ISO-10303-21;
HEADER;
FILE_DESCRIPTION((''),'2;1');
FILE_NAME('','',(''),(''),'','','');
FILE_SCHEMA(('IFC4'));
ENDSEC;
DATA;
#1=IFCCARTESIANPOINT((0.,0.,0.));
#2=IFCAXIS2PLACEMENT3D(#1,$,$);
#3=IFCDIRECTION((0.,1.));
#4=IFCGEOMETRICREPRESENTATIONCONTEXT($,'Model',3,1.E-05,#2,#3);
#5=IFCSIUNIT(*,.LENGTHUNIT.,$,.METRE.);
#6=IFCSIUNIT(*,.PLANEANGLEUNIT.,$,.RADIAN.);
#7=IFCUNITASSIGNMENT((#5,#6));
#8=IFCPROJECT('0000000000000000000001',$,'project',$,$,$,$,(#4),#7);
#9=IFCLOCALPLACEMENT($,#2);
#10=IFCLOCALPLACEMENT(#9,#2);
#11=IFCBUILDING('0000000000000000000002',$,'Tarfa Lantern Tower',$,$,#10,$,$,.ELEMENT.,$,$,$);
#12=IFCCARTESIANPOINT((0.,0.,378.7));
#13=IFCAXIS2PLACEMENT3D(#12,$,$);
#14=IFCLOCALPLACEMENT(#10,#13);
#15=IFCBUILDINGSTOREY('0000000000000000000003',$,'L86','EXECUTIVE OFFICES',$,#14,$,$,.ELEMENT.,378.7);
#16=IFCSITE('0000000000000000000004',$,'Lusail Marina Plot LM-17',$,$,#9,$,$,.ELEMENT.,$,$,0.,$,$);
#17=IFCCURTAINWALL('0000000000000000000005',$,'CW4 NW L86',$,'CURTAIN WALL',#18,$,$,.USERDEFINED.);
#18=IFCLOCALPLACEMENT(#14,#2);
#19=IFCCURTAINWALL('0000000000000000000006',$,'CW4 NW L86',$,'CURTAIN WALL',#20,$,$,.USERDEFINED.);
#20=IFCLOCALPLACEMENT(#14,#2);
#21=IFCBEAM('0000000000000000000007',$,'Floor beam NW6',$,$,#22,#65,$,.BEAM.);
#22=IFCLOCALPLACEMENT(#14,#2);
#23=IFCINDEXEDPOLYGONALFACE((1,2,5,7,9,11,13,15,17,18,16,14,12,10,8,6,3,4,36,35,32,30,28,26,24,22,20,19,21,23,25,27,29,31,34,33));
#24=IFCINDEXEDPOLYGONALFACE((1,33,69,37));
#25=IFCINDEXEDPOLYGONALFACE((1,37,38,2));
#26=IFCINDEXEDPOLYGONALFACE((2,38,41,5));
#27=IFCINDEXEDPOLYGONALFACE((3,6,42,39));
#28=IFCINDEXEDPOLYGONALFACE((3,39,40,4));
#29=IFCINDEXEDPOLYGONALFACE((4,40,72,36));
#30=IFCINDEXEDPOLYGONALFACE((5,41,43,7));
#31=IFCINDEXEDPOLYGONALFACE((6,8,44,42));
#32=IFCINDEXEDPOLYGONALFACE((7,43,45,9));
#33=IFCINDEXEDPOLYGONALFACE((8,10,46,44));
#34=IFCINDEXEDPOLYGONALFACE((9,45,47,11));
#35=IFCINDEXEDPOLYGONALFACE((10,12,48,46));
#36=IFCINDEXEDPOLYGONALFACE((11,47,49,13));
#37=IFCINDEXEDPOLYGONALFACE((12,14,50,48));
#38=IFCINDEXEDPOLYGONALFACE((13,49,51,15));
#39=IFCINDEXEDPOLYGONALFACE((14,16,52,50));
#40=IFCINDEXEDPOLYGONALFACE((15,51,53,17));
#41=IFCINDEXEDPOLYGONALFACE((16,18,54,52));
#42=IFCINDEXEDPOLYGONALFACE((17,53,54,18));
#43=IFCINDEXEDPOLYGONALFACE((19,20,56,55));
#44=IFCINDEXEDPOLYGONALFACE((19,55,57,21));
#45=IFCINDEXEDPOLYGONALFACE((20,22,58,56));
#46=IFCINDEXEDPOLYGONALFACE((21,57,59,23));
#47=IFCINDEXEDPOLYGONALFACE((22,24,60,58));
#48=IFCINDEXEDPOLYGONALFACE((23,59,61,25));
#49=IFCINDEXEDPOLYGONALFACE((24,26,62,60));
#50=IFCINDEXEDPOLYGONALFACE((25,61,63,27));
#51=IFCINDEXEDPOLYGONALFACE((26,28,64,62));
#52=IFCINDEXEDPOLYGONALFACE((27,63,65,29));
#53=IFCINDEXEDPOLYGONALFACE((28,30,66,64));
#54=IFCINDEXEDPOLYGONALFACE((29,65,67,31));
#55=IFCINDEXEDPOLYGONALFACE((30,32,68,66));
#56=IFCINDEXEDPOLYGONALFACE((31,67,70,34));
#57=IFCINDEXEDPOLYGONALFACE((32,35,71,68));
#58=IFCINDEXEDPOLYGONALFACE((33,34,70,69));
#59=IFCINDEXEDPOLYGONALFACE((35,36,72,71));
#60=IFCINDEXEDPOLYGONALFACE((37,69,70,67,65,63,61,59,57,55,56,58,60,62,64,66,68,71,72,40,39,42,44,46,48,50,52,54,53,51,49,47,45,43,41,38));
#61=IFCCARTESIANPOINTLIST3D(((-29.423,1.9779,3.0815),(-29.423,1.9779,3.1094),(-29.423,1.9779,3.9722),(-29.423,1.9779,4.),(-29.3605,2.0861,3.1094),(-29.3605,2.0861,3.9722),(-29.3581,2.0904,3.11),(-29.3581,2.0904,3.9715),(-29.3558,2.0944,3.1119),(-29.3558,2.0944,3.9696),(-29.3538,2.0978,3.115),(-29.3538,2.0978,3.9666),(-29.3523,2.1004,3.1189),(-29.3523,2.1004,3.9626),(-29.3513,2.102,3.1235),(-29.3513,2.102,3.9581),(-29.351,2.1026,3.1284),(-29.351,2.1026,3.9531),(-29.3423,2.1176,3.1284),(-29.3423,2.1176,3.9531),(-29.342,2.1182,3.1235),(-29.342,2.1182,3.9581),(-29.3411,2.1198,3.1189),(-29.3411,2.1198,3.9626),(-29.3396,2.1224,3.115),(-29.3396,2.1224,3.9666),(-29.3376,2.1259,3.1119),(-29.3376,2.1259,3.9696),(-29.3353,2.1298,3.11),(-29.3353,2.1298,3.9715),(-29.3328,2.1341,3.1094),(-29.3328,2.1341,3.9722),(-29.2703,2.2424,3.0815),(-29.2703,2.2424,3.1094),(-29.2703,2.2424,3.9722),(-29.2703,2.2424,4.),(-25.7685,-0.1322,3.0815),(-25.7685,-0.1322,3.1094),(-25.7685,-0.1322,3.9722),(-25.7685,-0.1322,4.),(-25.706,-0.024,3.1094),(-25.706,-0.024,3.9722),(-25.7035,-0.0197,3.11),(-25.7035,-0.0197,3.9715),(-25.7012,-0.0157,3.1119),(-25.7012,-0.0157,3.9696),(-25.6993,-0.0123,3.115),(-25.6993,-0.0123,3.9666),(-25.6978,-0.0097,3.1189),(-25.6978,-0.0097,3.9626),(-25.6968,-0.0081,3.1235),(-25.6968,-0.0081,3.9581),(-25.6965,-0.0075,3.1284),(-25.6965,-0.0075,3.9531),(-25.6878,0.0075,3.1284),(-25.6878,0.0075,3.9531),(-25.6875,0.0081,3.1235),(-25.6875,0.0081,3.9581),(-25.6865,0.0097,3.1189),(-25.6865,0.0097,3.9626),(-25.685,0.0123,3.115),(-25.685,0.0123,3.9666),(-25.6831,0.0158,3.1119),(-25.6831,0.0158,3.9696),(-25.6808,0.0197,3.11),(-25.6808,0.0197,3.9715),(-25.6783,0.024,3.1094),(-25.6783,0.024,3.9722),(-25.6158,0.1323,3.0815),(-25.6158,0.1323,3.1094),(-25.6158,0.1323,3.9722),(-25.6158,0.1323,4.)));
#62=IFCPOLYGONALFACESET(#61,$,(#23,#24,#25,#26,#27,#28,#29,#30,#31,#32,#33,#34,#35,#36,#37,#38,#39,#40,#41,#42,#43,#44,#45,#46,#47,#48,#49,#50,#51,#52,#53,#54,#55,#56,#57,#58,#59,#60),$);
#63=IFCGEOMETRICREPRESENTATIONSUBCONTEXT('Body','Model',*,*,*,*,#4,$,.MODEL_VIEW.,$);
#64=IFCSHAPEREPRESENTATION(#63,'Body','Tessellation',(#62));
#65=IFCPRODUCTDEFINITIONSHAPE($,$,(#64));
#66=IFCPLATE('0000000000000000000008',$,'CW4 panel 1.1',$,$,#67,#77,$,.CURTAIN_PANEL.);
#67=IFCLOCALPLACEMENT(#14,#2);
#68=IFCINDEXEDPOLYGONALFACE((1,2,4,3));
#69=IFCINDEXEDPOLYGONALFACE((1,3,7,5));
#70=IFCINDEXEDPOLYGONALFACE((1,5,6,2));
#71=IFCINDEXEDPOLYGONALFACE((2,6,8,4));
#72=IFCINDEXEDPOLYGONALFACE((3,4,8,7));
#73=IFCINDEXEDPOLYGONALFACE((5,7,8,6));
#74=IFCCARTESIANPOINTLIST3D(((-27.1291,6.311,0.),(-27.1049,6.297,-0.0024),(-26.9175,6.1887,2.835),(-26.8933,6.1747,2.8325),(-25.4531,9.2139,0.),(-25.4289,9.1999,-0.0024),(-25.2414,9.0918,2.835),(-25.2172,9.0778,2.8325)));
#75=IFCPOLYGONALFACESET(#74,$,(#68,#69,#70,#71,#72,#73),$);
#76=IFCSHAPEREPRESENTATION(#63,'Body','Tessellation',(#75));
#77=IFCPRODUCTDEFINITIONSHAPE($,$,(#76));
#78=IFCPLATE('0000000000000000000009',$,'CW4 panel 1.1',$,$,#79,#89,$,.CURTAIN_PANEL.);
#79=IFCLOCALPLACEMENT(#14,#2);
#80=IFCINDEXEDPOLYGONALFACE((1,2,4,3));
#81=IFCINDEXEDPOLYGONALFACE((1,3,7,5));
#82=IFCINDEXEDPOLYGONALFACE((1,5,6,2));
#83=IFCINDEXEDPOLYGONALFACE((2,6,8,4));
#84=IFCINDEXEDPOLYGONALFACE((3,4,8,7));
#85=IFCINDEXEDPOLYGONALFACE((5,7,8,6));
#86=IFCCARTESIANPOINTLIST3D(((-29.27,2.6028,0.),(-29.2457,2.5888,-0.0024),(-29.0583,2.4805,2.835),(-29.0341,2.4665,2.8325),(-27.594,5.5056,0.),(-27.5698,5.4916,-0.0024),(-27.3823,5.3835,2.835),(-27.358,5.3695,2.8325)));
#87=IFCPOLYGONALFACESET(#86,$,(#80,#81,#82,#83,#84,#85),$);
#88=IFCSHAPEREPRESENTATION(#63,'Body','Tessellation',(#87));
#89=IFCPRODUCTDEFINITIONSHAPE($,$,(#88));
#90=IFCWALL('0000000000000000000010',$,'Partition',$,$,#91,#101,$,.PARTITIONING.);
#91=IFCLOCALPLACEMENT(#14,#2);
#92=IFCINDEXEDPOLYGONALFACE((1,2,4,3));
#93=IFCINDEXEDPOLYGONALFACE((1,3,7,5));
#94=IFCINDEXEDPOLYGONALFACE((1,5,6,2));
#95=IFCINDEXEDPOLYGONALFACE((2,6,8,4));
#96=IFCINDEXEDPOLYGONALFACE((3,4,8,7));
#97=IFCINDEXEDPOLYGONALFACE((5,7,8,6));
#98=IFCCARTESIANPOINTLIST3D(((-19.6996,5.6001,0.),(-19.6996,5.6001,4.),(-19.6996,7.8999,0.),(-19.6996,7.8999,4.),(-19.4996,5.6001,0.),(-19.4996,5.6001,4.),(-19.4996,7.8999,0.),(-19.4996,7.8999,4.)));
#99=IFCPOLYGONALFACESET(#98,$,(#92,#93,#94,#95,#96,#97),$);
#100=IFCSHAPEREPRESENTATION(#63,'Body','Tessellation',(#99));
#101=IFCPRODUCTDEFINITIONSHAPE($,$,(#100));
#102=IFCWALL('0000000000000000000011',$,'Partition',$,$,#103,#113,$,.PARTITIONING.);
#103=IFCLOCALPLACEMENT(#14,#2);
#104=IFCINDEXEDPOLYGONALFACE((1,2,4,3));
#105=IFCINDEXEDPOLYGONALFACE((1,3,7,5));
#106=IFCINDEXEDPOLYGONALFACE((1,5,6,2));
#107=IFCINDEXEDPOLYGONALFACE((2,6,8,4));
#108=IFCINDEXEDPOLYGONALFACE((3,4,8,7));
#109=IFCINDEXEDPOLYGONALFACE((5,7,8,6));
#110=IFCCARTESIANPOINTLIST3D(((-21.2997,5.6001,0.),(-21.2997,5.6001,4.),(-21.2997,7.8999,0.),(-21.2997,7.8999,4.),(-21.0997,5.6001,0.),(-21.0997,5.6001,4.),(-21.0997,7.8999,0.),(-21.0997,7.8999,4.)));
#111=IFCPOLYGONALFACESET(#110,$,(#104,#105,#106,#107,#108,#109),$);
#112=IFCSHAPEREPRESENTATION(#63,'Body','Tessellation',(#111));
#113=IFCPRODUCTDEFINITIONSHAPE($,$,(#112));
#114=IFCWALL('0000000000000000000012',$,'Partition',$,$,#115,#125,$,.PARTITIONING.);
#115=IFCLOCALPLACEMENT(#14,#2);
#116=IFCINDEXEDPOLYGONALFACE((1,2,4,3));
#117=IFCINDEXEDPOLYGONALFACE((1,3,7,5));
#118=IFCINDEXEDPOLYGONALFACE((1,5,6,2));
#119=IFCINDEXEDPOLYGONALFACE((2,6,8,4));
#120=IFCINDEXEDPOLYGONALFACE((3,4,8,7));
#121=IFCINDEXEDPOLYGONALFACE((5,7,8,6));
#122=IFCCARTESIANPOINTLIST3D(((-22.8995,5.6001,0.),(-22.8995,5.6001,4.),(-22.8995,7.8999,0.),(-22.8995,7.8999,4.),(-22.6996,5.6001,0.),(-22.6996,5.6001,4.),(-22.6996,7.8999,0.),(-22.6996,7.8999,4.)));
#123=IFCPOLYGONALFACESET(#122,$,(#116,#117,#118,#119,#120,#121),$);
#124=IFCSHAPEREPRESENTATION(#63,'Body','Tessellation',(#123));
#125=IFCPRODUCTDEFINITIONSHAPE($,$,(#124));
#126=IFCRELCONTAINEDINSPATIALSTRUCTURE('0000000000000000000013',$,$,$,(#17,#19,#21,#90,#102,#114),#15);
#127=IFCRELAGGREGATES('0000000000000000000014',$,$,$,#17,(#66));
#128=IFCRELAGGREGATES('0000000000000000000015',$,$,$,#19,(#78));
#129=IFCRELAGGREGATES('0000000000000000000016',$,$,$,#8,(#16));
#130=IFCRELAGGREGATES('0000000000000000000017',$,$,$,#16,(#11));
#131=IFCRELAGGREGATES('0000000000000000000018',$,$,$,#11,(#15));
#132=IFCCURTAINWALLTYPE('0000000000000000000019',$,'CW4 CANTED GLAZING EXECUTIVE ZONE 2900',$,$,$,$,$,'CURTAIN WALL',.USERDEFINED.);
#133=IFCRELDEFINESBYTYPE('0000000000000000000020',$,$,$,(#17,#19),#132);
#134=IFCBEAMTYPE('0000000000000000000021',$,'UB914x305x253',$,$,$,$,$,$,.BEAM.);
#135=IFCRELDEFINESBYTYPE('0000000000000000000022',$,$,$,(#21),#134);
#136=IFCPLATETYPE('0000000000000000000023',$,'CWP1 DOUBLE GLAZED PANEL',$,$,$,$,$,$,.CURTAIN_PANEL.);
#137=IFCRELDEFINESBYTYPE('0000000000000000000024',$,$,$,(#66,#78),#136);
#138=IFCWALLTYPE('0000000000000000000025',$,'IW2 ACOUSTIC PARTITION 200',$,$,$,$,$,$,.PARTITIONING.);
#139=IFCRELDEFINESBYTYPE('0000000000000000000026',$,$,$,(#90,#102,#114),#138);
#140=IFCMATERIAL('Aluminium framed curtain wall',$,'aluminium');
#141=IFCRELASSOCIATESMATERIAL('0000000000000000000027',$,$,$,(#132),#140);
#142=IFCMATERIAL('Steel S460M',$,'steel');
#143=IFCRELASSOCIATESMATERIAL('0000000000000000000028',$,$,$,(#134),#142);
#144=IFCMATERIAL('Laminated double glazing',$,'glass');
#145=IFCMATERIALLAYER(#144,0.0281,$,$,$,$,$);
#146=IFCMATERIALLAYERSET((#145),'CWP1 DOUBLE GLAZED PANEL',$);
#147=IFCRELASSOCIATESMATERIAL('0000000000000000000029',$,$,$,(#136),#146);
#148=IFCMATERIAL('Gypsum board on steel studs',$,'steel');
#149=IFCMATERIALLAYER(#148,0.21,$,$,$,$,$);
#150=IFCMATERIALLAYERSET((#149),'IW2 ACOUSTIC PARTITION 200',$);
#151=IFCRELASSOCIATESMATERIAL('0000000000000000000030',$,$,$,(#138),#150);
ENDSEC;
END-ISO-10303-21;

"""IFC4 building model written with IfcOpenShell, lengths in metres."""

from ifc_helpers import new_model, si_unit, direction, frame, frame_2d, origin, origin_2d, place, context, subcontext, project, spatial, polyline, rectangle, i_section, outline, extrude, material, layer, layer_set, material_profile, profile_set, type_object, element, aggregate, save


model = new_model("IFC4")

# Units and contexts
model_context = context("Model", 3, precision=1e-05, world=origin(), true_north=direction((0.0, 1.0)))
body_context = subcontext(model_context, "Body", "Model", "MODEL_VIEW")
ifc_project = project(units=[si_unit("LENGTHUNIT", "METRE"), si_unit("PLANEANGLEUNIT", "RADIAN")], contexts=[model_context])

# Site, building, storey
site_placement = place(None, origin())
site = spatial("IfcSite", under=ifc_project, at=site_placement, Name="Lusail Marina Plot LM-17", CompositionType="ELEMENT", RefElevation=0.0)
building_placement = place(site_placement, origin())
building = spatial("IfcBuilding", under=site, at=building_placement, Name="Tarfa Lantern Tower", CompositionType="ELEMENT")
storey_placement = place(building_placement, frame((0.0, 0.0, 378.7)))
storey = spatial("IfcBuildingStorey", under=building, at=storey_placement, Name="L86", Description="EXECUTIVE OFFICES", CompositionType="ELEMENT", Elevation=378.7)

# Shared definitions
ifc_material_1 = material(Name="Aluminium framed curtain wall", Category="aluminium")
curtain_wall_type = type_object("IfcCurtainWallType", Name="CW4 CANTED GLAZING EXECUTIVE ZONE 2900", ElementType="CURTAIN WALL", PredefinedType="USERDEFINED", material=ifc_material_1)

# Curtain walls
curtain_wall_1_placement = place(storey_placement, origin())
curtain_wall_1 = element("IfcCurtainWall", 1, at=curtain_wall_1_placement, inside=storey, type_object=curtain_wall_type, Name="CW4 NW L86", ObjectType="CURTAIN WALL", PredefinedType="USERDEFINED")
curtain_wall_2_placement = place(storey_placement, origin())
curtain_wall_2 = element("IfcCurtainWall", 2, at=curtain_wall_2_placement, inside=storey, type_object=curtain_wall_type, Name="CW4 NW L86", ObjectType="CURTAIN WALL", PredefinedType="USERDEFINED")

# Beam
ifc_material_2 = material(Name="Steel S460M", Category="steel")
ifc_material_profile_1 = material_profile(ifc_material_2, i_section(OverallWidth=0.3054, OverallDepth=0.9185, WebThickness=0.0173, FlangeThickness=0.0278, FilletRadius=0.019, at=origin_2d()), Name="UB914x305x253")
ifc_profile_set_1 = profile_set([ifc_material_profile_1], Name="Steel S460M")
beam_type_1 = type_object("IfcBeamType", Name="UB914x305x253", PredefinedType="BEAM", material=ifc_profile_set_1)
beam_1_placement = place(storey_placement, frame((-29.3467, 2.1101, 3.5408), z_axis=(0.866009, -0.500028, 0.0), x_axis=(0.500028, 0.866009, 0.0)))
element("IfcBeam", 3, at=beam_1_placement, inside=storey, type_object=beam_type_1, Name="Floor beam NW6", PredefinedType="BEAM", context=body_context, shape_type="SweptSolid", body=[
    extrude(i_section(OverallWidth=0.3054, OverallDepth=0.9185, WebThickness=0.0173, FlangeThickness=0.0278, FilletRadius=0.019, at=origin_2d()), origin(), (0.0, 0.0, 1.0), 4.22),
])

# Plates
ifc_material_3 = material(Name="Laminated double glazing", Category="glass")
ifc_layer_1 = layer(ifc_material_3, 0.0281)
ifc_layer_set_1 = layer_set([ifc_layer_1], Name="CWP1 DOUBLE GLAZED PANEL")
plate_type = type_object("IfcPlateType", Name="CWP1 DOUBLE GLAZED PANEL", PredefinedType="CURTAIN_PANEL", material=ifc_layer_set_1)
plate_1_placement = place(storey_placement, frame((-25.4531, 9.2139, 0.0), z_axis=(-0.862824, 0.498153, 0.085893), x_axis=(-0.500001, -0.866025, -0.000002)))
plate_1 = element("IfcPlate", 4, at=plate_1_placement, type_object=plate_type, Name="CW4 panel 1.1", PredefinedType="CURTAIN_PANEL", context=body_context, shape_type="SweptSolid", body=[
    extrude(outline(polyline([(0.0, 0.0), (3.3519, 0.0), (3.352, 2.8455), (-0.0001, 2.8455), (0.0, 0.0)])), origin(), (0.0, 0.0, -1.0), 0.0281),
])
aggregate(curtain_wall_1, [plate_1])
plate_2_placement = place(storey_placement, frame((-27.594, 5.5056, 0.0), z_axis=(-0.862824, 0.498153, 0.085893), x_axis=(-0.500001, -0.866025, -0.000002)))
plate_2 = element("IfcPlate", 5, at=plate_2_placement, type_object=plate_type, Name="CW4 panel 1.1", PredefinedType="CURTAIN_PANEL", context=body_context, shape_type="SweptSolid", body=[
    extrude(outline(polyline([(0.0, 0.0), (3.3519, 0.0), (3.352, 2.8455), (-0.0001, 2.8455), (0.0, 0.0)])), origin(), (0.0, 0.0, -1.0), 0.0281),
])
aggregate(curtain_wall_2, [plate_2])

# Walls
ifc_material_4 = material(Name="Gypsum board on steel studs", Category="steel")
ifc_layer_2 = layer(ifc_material_4, 0.21)
ifc_layer_set_2 = layer_set([ifc_layer_2], Name="IW2 ACOUSTIC PARTITION 200")
wall_type = type_object("IfcWallType", Name="IW2 ACOUSTIC PARTITION 200", PredefinedType="PARTITIONING", material=ifc_layer_set_2)
for number, where, z_axis, x_axis, name in (
    (6, (-19.5996, 7.8999, 0.0), (0.0, 0.0, 1.0), (0.0, -1.0, 0.0), "Partition"),
    (7, (-21.1997, 7.8999, 0.0), (0.0, 0.0, 1.0), (0.0, -1.0, 0.0), "Partition"),
    (8, (-22.7996, 7.8999, 0.0), (0.0, 0.0, 1.0), (0.0, -1.0, 0.0), "Partition"),
):
    element("IfcWall", number, at=place(storey_placement, frame(where, z_axis=z_axis, x_axis=x_axis)), inside=storey, type_object=wall_type, Name=name, PredefinedType="PARTITIONING", context=body_context, shape_type="SweptSolid", body=[
        extrude(rectangle(XDim=2.2998, YDim=0.2, at=frame_2d((1.1499, 0.0))), origin(), (0.0, 0.0, 1.0), 4.0),
    ])

save(model, "model.ifc")
